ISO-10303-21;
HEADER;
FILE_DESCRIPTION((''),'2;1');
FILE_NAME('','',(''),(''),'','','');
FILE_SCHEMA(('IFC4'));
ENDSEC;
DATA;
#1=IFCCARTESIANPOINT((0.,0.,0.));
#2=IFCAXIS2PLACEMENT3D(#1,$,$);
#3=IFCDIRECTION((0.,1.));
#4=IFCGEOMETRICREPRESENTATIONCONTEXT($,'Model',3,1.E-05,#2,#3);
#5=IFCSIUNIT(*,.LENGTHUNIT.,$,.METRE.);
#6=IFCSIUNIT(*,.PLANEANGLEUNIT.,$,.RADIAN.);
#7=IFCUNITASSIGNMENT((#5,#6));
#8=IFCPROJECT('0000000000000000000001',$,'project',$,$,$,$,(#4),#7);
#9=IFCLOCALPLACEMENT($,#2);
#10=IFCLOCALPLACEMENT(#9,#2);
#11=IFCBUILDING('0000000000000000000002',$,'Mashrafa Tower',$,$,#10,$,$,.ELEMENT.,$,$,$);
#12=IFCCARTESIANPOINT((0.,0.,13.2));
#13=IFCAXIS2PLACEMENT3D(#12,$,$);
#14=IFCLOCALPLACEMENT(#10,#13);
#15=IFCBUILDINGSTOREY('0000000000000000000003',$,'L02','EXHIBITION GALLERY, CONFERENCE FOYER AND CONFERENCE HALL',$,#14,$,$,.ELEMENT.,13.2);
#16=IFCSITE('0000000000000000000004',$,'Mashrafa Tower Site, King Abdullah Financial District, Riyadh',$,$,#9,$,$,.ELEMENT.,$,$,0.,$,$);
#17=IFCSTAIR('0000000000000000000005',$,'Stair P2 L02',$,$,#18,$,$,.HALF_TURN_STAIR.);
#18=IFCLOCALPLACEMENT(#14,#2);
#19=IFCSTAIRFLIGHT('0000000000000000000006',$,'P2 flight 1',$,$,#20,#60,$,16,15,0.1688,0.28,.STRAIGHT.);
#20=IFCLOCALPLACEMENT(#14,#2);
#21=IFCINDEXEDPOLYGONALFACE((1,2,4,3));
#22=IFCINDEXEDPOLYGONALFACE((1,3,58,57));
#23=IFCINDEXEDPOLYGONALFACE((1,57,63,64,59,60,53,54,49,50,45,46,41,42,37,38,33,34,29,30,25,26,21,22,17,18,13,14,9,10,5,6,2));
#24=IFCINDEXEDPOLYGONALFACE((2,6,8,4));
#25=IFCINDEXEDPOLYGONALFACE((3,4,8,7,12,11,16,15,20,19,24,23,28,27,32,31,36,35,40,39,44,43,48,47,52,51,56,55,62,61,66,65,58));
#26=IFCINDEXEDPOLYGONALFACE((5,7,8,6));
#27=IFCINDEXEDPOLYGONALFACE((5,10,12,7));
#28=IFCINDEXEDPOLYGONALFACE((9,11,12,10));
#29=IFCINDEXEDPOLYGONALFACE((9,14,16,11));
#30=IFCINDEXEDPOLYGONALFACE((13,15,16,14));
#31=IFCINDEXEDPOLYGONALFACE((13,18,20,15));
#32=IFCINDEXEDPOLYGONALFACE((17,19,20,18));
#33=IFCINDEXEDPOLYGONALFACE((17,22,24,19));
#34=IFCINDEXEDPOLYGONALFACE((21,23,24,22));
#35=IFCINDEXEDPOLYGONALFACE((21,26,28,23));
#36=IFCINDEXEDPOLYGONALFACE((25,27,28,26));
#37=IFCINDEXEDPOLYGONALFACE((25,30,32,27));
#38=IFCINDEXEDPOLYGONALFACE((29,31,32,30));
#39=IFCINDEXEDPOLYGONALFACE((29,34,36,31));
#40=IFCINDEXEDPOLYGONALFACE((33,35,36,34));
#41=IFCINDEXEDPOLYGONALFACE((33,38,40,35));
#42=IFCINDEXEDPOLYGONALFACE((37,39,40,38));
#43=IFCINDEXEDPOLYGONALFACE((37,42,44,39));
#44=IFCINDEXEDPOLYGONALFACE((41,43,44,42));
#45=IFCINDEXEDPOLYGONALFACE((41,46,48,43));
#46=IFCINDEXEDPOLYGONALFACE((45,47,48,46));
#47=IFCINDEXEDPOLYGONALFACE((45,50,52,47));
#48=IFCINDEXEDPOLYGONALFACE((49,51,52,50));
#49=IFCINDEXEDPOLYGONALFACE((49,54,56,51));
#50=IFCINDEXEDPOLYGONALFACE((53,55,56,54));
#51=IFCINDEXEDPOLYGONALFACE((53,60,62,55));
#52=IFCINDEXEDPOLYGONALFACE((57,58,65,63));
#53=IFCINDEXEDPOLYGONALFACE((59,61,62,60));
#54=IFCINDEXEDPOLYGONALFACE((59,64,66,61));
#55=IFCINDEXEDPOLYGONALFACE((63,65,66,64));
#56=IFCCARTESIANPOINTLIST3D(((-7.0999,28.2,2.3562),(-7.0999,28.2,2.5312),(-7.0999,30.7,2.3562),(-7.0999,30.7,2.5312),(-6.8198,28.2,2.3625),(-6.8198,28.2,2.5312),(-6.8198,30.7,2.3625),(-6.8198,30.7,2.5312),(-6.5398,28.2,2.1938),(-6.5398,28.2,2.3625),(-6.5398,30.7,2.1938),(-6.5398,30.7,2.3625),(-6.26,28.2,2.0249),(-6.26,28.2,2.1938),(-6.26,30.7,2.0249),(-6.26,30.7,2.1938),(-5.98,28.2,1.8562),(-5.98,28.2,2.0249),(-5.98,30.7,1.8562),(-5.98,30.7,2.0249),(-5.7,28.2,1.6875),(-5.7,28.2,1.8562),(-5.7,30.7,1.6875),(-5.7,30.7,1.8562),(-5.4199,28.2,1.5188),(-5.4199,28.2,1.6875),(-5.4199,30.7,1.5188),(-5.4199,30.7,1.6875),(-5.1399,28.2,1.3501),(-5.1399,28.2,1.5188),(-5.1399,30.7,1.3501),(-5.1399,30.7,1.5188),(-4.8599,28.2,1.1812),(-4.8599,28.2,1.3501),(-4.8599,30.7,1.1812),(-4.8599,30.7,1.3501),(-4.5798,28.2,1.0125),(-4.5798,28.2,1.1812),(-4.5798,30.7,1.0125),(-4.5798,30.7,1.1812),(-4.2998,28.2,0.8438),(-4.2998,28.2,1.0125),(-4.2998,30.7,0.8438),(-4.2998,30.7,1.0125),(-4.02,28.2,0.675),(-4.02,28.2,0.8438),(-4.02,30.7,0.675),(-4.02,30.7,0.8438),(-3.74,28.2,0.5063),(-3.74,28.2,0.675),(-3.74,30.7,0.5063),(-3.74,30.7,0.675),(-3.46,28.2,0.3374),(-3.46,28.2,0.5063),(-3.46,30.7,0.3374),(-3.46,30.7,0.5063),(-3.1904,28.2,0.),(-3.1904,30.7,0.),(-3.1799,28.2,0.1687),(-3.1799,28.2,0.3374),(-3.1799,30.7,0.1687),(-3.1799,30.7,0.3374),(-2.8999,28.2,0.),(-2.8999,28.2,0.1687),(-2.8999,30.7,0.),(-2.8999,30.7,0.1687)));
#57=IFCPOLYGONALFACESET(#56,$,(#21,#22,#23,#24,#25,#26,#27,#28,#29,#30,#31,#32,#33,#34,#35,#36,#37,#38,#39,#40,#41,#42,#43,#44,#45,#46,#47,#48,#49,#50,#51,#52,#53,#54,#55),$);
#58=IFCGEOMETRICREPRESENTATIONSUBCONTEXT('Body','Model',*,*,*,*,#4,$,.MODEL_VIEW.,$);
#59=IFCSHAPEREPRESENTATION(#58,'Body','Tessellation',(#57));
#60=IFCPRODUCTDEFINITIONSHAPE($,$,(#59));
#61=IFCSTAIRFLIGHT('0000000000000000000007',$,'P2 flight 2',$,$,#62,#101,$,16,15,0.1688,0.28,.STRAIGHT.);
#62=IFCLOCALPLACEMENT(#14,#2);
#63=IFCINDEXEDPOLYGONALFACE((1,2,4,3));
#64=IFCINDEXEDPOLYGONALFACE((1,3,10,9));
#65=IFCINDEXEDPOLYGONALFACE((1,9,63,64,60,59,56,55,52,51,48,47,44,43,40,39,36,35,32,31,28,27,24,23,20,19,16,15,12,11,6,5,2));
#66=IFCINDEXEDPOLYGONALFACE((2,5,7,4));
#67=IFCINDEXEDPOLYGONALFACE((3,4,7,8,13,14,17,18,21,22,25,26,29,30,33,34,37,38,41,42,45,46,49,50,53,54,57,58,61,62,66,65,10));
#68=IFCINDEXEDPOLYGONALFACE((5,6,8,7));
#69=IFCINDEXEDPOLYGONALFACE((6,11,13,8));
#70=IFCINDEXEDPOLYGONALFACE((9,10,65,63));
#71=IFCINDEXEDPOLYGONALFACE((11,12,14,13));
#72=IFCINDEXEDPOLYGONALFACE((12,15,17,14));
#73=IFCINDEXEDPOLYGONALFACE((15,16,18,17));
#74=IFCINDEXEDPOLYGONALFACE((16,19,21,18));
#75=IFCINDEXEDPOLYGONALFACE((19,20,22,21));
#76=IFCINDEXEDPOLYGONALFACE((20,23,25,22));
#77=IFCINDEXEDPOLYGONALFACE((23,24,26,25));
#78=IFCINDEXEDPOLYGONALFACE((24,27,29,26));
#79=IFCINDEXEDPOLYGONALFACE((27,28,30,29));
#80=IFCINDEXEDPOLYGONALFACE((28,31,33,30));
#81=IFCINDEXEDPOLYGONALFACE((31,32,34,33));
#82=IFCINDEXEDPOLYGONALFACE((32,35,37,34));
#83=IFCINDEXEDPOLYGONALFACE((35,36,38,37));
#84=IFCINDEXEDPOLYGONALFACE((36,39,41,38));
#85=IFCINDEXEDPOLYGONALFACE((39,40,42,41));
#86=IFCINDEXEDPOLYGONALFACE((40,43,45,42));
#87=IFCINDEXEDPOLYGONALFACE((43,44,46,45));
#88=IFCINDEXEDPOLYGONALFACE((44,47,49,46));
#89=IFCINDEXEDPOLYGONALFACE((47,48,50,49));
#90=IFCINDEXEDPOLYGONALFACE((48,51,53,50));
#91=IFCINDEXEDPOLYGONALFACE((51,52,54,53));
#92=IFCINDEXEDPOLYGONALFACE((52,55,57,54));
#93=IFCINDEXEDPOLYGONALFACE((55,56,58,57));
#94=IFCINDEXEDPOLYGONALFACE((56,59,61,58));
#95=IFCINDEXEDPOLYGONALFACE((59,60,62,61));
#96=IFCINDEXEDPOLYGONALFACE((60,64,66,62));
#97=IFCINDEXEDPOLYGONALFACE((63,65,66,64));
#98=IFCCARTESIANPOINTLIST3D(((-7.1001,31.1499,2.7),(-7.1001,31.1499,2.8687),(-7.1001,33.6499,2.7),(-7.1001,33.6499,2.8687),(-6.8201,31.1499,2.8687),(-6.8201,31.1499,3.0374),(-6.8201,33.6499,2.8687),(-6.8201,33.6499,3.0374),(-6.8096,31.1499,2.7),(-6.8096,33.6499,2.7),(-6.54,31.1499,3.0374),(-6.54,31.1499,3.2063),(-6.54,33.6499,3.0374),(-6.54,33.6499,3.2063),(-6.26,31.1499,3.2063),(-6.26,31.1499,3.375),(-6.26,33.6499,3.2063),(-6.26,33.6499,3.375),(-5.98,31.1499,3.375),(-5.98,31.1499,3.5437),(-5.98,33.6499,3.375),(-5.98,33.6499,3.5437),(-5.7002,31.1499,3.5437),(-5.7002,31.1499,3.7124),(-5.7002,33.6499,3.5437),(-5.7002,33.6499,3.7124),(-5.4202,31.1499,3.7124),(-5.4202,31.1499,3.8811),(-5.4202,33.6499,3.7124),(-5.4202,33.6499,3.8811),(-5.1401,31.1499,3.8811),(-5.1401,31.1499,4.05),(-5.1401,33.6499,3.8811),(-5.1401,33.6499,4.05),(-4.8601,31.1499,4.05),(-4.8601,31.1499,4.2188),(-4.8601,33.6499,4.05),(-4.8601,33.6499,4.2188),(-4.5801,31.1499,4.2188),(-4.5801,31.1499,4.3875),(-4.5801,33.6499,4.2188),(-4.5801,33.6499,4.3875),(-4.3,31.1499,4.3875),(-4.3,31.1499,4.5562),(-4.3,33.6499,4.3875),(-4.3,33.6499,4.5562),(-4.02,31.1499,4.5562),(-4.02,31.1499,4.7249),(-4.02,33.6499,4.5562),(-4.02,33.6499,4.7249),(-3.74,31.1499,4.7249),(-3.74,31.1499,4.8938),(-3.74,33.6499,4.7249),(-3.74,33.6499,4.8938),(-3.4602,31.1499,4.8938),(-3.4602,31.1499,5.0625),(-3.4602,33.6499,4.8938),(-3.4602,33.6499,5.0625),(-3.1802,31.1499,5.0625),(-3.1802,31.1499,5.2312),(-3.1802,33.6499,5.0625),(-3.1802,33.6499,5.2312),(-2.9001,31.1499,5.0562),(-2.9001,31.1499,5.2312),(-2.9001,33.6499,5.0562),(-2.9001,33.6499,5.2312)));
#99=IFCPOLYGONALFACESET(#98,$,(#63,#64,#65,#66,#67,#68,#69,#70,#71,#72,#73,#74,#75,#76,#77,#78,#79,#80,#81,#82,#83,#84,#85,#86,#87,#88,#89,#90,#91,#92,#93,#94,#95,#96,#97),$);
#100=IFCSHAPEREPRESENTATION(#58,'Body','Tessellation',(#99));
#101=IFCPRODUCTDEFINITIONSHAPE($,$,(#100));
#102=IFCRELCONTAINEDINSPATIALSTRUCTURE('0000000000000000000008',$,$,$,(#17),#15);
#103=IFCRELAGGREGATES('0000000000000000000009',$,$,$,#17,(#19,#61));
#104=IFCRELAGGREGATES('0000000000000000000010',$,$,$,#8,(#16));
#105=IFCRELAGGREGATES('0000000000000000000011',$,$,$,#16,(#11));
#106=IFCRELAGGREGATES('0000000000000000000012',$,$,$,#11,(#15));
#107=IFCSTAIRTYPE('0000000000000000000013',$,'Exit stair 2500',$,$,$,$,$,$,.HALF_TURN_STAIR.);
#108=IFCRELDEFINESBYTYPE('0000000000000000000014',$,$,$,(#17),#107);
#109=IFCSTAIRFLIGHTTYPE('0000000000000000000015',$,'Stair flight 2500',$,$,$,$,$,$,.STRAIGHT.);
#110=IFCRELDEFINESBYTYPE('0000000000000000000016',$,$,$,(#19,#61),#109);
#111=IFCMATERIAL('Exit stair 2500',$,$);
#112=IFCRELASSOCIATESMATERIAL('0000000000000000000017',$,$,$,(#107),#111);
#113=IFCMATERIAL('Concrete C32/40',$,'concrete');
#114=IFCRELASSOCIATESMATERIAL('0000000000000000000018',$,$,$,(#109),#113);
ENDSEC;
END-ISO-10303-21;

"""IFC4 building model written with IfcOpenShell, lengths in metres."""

from ifc_helpers import new_model, si_unit, direction, frame, origin, place, context, subcontext, project, spatial, polyline, outline, extrude, material, type_object, element, aggregate, save


model = new_model("IFC4")

# Units and contexts
model_context = context("Model", 3, precision=1e-05, world=origin(), true_north=direction((0.0, 1.0)))
body_context = subcontext(model_context, "Body", "Model", "MODEL_VIEW")
ifc_project = project(units=[si_unit("LENGTHUNIT", "METRE"), si_unit("PLANEANGLEUNIT", "RADIAN")], contexts=[model_context])

# Site, building, storey
site_placement = place(None, origin())
site = spatial("IfcSite", under=ifc_project, at=site_placement, Name="Mashrafa Tower Site, King Abdullah Financial District, Riyadh", CompositionType="ELEMENT", RefElevation=0.0)
building_placement = place(site_placement, origin())
building = spatial("IfcBuilding", under=site, at=building_placement, Name="Mashrafa Tower", CompositionType="ELEMENT")
storey_placement = place(building_placement, frame((0.0, 0.0, 13.2)))
storey = spatial("IfcBuildingStorey", under=building, at=storey_placement, Name="L02", Description="EXHIBITION GALLERY, CONFERENCE FOYER AND CONFERENCE HALL", CompositionType="ELEMENT", Elevation=13.2)

# Stair, stair flights
ifc_material_1 = material(Name="Exit stair 2500")
stair_type = type_object("IfcStairType", Name="Exit stair 2500", PredefinedType="HALF_TURN_STAIR", material=ifc_material_1)
stair_placement = place(storey_placement, origin())
stair = element("IfcStair", 1, at=stair_placement, inside=storey, type_object=stair_type, Name="Stair P2 L02", PredefinedType="HALF_TURN_STAIR")
ifc_material_2 = material(Name="Concrete C32/40", Category="concrete")
stair_flight_type = type_object("IfcStairFlightType", Name="Stair flight 2500", PredefinedType="STRAIGHT", material=ifc_material_2)
stair_flight_1_placement = place(storey_placement, frame((-2.8999, 29.45, 0.0), z_axis=(0.0, 0.0, 1.0), x_axis=(-1.0, 0.0, 0.0)))
stair_flight_1 = element("IfcStairFlight", 2, at=stair_flight_1_placement, type_object=stair_flight_type, Name="P2 flight 1", NumberOfRisers=16, NumberOfTreads=15, PredefinedType="STRAIGHT", RiserHeight=0.1688, TreadLength=0.28, context=body_context, shape_type="SweptSolid", body=[
    extrude(outline(polyline([(0.0, 0.0), (0.0, 0.1687), (0.28, 0.1687), (0.28, 0.3374), (0.5601, 0.3374), (0.5601, 0.5063), (0.8401, 0.5063), (0.8401, 0.675), (1.1201, 0.675), (1.1201, 0.8438), (1.3999, 0.8438), (1.3999, 1.0125), (1.6799, 1.0125), (1.6799, 1.1812), (1.96, 1.1812), (1.96, 1.3501), (2.24, 1.3501), (2.24, 1.5188), (2.52, 1.5188), (2.52, 1.6875), (2.8, 1.6875), (2.8, 1.8562), (3.0801, 1.8562), (3.0801, 2.0249), (3.3601, 2.0249), (3.3601, 2.1938), (3.6399, 2.1938), (3.6399, 2.3625), (3.9199, 2.3625), (3.9199, 2.5312), (4.2, 2.5312), (4.2, 2.7), (4.2, 2.3562), (0.2905, 0.0), (0.0, 0.0)])), frame((0.0, 1.25, 0.0), z_axis=(0.0, -1.0, 0.0), x_axis=(1.0, 0.0, 0.0)), (0.0, 0.0, 1.0), 2.5),
])
stair_flight_2_placement = place(storey_placement, frame((-7.1001, 32.3999, 2.7), z_axis=(0.0, 0.0, 1.0), x_axis=(1.0, 0.0, 0.0)))
stair_flight_2 = element("IfcStairFlight", 3, at=stair_flight_2_placement, type_object=stair_flight_type, Name="P2 flight 2", NumberOfRisers=16, NumberOfTreads=15, PredefinedType="STRAIGHT", RiserHeight=0.1688, TreadLength=0.28, context=body_context, shape_type="SweptSolid", body=[
    extrude(outline(polyline([(0.0, 0.0), (0.0, 0.1687), (0.28, 0.1687), (0.28, 0.3374), (0.5601, 0.3374), (0.5601, 0.5063), (0.8401, 0.5063), (0.8401, 0.675), (1.1201, 0.675), (1.1201, 0.8438), (1.3999, 0.8438), (1.3999, 1.0125), (1.6799, 1.0125), (1.6799, 1.1812), (1.96, 1.1812), (1.96, 1.3501), (2.24, 1.3501), (2.24, 1.5188), (2.52, 1.5188), (2.52, 1.6875), (2.8, 1.6875), (2.8, 1.8562), (3.0801, 1.8562), (3.0801, 2.0249), (3.3601, 2.0249), (3.3601, 2.1938), (3.6399, 2.1938), (3.6399, 2.3625), (3.9199, 2.3625), (3.9199, 2.5312), (4.2, 2.5312), (4.2, 2.7), (4.2, 2.3562), (0.2905, 0.0), (0.0, 0.0)])), frame((0.0, 1.25, 0.0), z_axis=(0.0, -1.0, 0.0), x_axis=(1.0, 0.0, 0.0)), (0.0, 0.0, 1.0), 2.5),
])
aggregate(stair, [stair_flight_1, stair_flight_2])

save(model, "model.ifc")
